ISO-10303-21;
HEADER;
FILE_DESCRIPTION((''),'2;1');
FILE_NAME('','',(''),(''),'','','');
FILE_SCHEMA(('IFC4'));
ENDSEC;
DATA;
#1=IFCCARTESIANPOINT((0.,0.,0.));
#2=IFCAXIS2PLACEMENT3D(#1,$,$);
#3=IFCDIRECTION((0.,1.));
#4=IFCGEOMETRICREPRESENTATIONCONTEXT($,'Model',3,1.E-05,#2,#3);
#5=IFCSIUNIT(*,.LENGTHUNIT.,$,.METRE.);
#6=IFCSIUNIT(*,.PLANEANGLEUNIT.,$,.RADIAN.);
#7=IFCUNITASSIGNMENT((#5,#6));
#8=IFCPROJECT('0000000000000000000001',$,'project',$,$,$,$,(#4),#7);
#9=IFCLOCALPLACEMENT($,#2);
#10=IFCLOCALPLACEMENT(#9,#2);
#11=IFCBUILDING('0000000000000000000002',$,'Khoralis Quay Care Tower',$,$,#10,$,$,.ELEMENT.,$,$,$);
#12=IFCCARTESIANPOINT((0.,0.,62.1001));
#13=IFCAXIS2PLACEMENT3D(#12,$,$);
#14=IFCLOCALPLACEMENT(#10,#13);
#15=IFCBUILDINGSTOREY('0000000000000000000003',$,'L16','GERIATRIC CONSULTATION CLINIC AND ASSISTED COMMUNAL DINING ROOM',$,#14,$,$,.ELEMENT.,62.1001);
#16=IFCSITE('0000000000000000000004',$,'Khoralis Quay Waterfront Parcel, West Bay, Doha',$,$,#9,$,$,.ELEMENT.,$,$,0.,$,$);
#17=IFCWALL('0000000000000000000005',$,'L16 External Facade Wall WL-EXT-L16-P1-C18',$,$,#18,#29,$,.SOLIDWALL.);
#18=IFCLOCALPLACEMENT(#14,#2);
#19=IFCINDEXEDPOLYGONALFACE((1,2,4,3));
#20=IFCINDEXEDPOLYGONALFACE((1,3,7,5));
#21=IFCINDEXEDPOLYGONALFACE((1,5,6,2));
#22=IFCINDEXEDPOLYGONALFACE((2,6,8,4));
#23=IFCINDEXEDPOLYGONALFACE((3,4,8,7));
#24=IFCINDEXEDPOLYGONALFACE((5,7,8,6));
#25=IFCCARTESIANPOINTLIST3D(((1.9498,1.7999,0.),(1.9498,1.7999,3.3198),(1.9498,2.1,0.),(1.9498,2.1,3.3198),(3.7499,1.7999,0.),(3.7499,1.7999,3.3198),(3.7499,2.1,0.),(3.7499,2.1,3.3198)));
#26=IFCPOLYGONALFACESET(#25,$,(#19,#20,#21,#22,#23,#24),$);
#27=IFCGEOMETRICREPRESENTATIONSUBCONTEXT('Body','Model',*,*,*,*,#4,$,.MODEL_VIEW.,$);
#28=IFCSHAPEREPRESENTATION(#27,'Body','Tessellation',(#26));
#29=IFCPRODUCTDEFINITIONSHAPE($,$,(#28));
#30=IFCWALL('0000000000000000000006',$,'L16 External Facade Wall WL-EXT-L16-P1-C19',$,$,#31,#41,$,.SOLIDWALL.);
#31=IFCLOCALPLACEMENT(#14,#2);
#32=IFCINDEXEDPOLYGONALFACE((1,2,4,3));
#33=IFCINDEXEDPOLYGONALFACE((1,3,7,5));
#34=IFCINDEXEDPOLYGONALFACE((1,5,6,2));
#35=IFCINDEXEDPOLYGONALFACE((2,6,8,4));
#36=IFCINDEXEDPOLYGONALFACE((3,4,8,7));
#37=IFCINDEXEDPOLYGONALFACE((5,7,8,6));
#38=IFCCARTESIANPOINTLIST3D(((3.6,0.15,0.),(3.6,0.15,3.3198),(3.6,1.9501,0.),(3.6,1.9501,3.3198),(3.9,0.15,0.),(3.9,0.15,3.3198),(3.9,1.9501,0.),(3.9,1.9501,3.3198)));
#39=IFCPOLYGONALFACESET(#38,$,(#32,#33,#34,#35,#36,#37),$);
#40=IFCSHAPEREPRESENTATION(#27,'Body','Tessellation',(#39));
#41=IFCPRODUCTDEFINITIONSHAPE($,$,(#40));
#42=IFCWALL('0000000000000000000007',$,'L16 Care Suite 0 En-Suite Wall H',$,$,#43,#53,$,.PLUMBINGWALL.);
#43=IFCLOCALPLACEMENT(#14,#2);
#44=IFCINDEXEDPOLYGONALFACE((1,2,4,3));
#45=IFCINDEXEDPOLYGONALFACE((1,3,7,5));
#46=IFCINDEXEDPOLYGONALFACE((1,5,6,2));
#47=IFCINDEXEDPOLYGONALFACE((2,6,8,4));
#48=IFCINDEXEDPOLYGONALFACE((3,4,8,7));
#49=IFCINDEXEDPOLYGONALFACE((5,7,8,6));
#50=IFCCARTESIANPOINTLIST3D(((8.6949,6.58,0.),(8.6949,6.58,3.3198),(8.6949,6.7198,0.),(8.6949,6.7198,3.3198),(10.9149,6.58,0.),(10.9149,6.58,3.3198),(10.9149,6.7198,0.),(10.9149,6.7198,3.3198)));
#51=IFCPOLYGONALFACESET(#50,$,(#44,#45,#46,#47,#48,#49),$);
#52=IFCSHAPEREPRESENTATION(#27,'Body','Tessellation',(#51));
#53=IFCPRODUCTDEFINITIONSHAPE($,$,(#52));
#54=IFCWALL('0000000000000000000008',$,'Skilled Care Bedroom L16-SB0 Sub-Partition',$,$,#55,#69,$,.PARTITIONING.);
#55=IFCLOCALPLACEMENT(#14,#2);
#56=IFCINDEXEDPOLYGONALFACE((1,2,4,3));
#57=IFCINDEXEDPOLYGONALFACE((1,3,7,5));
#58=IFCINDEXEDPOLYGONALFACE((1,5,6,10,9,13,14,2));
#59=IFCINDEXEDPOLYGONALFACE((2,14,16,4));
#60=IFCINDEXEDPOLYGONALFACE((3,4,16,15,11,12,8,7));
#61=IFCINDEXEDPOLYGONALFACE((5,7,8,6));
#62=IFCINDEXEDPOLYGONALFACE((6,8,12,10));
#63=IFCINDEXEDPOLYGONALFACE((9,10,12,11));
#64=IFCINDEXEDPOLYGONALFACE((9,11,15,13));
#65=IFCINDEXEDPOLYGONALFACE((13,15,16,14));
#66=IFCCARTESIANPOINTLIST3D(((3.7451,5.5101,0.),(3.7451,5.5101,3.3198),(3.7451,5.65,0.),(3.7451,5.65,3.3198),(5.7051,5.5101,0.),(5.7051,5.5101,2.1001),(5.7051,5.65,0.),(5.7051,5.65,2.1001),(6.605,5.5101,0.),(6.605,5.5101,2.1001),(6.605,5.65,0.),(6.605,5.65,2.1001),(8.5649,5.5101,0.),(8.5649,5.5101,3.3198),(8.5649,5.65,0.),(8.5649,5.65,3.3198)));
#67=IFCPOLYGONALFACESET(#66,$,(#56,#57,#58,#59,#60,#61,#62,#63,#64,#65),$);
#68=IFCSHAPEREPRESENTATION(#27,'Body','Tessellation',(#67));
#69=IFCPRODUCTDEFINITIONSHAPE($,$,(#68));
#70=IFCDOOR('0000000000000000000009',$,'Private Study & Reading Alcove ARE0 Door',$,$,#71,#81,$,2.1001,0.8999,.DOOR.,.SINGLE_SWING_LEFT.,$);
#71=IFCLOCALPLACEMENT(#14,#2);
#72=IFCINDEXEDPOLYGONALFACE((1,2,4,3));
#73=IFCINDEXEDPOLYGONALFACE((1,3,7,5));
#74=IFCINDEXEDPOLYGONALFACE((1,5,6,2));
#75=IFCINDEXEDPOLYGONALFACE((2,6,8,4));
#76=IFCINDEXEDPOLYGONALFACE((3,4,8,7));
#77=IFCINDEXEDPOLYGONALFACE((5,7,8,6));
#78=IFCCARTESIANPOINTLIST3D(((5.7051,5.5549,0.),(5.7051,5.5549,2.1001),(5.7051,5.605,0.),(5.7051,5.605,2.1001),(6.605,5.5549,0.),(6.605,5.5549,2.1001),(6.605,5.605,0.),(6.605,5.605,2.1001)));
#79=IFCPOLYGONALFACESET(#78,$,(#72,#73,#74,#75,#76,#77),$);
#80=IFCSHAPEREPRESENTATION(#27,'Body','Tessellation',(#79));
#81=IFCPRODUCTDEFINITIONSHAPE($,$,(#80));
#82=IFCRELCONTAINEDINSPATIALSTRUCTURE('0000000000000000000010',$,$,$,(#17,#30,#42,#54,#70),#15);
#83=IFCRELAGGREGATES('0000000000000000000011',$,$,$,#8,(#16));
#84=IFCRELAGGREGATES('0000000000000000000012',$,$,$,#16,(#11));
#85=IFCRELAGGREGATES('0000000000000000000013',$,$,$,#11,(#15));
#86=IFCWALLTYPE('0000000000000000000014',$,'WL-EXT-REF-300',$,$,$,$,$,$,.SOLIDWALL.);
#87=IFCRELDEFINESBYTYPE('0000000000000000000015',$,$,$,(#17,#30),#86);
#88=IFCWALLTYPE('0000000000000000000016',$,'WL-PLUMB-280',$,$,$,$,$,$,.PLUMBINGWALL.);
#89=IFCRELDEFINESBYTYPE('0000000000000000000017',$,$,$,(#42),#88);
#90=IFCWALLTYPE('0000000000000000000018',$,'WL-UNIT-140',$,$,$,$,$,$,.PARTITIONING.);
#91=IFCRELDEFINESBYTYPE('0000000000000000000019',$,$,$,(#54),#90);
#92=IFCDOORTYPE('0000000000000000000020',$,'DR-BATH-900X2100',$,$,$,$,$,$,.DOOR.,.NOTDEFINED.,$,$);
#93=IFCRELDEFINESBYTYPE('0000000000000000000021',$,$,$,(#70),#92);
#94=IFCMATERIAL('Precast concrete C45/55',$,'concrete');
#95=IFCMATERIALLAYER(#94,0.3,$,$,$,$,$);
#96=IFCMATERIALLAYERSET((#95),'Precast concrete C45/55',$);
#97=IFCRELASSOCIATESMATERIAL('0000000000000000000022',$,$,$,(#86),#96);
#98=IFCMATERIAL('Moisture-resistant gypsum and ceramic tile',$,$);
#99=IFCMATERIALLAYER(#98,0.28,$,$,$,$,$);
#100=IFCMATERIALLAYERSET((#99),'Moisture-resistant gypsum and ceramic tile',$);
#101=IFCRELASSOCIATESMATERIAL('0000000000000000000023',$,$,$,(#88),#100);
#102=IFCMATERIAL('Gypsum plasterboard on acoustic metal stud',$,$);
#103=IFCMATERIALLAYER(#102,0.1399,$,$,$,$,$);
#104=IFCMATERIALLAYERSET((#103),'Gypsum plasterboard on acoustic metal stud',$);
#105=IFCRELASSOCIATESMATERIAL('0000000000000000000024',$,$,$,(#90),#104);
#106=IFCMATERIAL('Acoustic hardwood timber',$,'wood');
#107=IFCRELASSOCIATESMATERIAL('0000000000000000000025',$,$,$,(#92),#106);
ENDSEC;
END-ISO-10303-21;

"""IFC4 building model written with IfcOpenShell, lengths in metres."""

from ifc_helpers import new_model, si_unit, direction, frame, frame_2d, origin, place, context, subcontext, project, spatial, rectangle, extrude, source, transform, mapped, material, layer, layer_set, type_object, element, fill, save


model = new_model("IFC4")

# Units and contexts
model_context = context("Model", 3, precision=1e-05, world=origin(), true_north=direction((0.0, 1.0)))
body_context = subcontext(model_context, "Body", "Model", "MODEL_VIEW")
ifc_project = project(units=[si_unit("LENGTHUNIT", "METRE"), si_unit("PLANEANGLEUNIT", "RADIAN")], contexts=[model_context])

# Site, building, storey
site_placement = place(None, origin())
site = spatial("IfcSite", under=ifc_project, at=site_placement, Name="Khoralis Quay Waterfront Parcel, West Bay, Doha", CompositionType="ELEMENT", RefElevation=0.0)
building_placement = place(site_placement, origin())
building = spatial("IfcBuilding", under=site, at=building_placement, Name="Khoralis Quay Care Tower", CompositionType="ELEMENT")
storey_placement = place(building_placement, frame((0.0, 0.0, 62.1001)))
storey = spatial("IfcBuildingStorey", under=building, at=storey_placement, Name="L16", Description="GERIATRIC CONSULTATION CLINIC AND ASSISTED COMMUNAL DINING ROOM", CompositionType="ELEMENT", Elevation=62.1001)

# Shared definitions
ifc_material_1 = material(Name="Gypsum plasterboard on acoustic metal stud")
ifc_material_2 = material(Name="Acoustic hardwood timber", Category="wood")

# Walls
ifc_material_3 = material(Name="Precast concrete C45/55", Category="concrete")
ifc_layer_1 = layer(ifc_material_3, 0.3)
ifc_layer_set_1 = layer_set([ifc_layer_1], Name="Precast concrete C45/55")
wall_type_1 = type_object("IfcWallType", Name="WL-EXT-REF-300", PredefinedType="SOLIDWALL", material=ifc_layer_set_1)
for number, where, z_axis, x_axis, name in (
    (1, (1.95, 1.95, 0.0), (0.0, 0.0, 1.0), (1.0, 0.0, 0.0), "L16 External Facade Wall WL-EXT-L16-P1-C18"),
    (2, (3.75, 1.95, 0.0), (0.0, 0.0, 1.0), (0.0, -1.0, 0.0), "L16 External Facade Wall WL-EXT-L16-P1-C19"),
):
    element("IfcWall", number, at=place(storey_placement, frame(where, z_axis=z_axis, x_axis=x_axis)), inside=storey, type_object=wall_type_1, Name=name, PredefinedType="SOLIDWALL", context=body_context, shape_type="SweptSolid", body=[
        extrude(rectangle(XDim=1.8, YDim=0.3, at=frame_2d((0.8999, 0.0))), origin(), (0.0, 0.0, 1.0), 3.3198),
    ])
ifc_material_4 = material(Name="Moisture-resistant gypsum and ceramic tile")
ifc_layer_2 = layer(ifc_material_4, 0.28)
ifc_layer_set_2 = layer_set([ifc_layer_2], Name="Moisture-resistant gypsum and ceramic tile")
wall_type_2 = type_object("IfcWallType", Name="WL-PLUMB-280", PredefinedType="PLUMBINGWALL", material=ifc_layer_set_2)
wall_1_placement = place(storey_placement, frame((8.6951, 6.6499, 0.0), z_axis=(0.0, 0.0, 1.0), x_axis=(1.0, 0.0, 0.0)))
element("IfcWall", 3, at=wall_1_placement, inside=storey, type_object=wall_type_2, Name="L16 Care Suite 0 En-Suite Wall H", PredefinedType="PLUMBINGWALL", context=body_context, shape_type="SweptSolid", body=[
    extrude(rectangle(XDim=2.22, YDim=0.1399, at=frame_2d((1.1099, 0.0))), origin(), (0.0, 0.0, 1.0), 3.3198),
])

# Wall, opening, door
ifc_layer_3 = layer(ifc_material_1, 0.1399)
ifc_layer_set_3 = layer_set([ifc_layer_3], Name="Gypsum plasterboard on acoustic metal stud")
wall_type_3 = type_object("IfcWallType", Name="WL-UNIT-140", PredefinedType="PARTITIONING", material=ifc_layer_set_3)
wall_2_placement = place(storey_placement, frame((3.7451, 5.5801, 0.0), z_axis=(0.0, 0.0, 1.0), x_axis=(1.0, 0.0, 0.0)))
wall_2 = element("IfcWall", 4, at=wall_2_placement, inside=storey, type_object=wall_type_3, Name="Skilled Care Bedroom L16-SB0 Sub-Partition", PredefinedType="PARTITIONING", context=body_context, shape_type="SweptSolid", body=[
    extrude(rectangle(XDim=4.8198, YDim=0.1399, at=frame_2d((2.4099, 0.0))), origin(), (0.0, 0.0, 1.0), 3.3198),
])
opening_1_placement = place(wall_2_placement, frame((1.96, 0.0, 0.0)))
opening_1 = element("IfcOpeningElement", 5, at=opening_1_placement, cuts=wall_2, PredefinedType="OPENING", context=body_context, shape_type="SweptSolid", body=[
    extrude(rectangle(XDim=0.8999, YDim=2.1001, at=frame_2d((0.45, 1.05))), frame((0.0, 0.0801, 0.0), z_axis=(0.0, -1.0, 0.0), x_axis=(1.0, 0.0, 0.0)), (0.0, 0.0, 1.0), 0.1599),
])
door_type_1 = type_object("IfcDoorType", Name="DR-BATH-900X2100", OperationType="NOTDEFINED", PredefinedType="DOOR", material=ifc_material_2)
shared_shape_1 = source(origin(), body_context, "Body", "SweptSolid", [
    extrude(rectangle(XDim=0.8999, YDim=2.1001, at=frame_2d((0.45, 1.05))), frame((0.0, 0.0249, 0.0), z_axis=(0.0, -1.0, 0.0), x_axis=(1.0, 0.0, 0.0)), (0.0, 0.0, 1.0), 0.05),
])
door_1_placement = place(opening_1_placement, origin())
door_1 = element("IfcDoor", 6, at=door_1_placement, inside=storey, type_object=door_type_1, Name="Private Study & Reading Alcove ARE0 Door", OperationType="SINGLE_SWING_LEFT", OverallHeight=2.1001, OverallWidth=0.8999, PredefinedType="DOOR", context=body_context, shape_type="MappedRepresentation", body=[
    mapped(shared_shape_1, transform((0.0, 0.0, 0.0), scale=1.0)),
])
fill(opening_1, door_1)

save(model, "model.ifc")
